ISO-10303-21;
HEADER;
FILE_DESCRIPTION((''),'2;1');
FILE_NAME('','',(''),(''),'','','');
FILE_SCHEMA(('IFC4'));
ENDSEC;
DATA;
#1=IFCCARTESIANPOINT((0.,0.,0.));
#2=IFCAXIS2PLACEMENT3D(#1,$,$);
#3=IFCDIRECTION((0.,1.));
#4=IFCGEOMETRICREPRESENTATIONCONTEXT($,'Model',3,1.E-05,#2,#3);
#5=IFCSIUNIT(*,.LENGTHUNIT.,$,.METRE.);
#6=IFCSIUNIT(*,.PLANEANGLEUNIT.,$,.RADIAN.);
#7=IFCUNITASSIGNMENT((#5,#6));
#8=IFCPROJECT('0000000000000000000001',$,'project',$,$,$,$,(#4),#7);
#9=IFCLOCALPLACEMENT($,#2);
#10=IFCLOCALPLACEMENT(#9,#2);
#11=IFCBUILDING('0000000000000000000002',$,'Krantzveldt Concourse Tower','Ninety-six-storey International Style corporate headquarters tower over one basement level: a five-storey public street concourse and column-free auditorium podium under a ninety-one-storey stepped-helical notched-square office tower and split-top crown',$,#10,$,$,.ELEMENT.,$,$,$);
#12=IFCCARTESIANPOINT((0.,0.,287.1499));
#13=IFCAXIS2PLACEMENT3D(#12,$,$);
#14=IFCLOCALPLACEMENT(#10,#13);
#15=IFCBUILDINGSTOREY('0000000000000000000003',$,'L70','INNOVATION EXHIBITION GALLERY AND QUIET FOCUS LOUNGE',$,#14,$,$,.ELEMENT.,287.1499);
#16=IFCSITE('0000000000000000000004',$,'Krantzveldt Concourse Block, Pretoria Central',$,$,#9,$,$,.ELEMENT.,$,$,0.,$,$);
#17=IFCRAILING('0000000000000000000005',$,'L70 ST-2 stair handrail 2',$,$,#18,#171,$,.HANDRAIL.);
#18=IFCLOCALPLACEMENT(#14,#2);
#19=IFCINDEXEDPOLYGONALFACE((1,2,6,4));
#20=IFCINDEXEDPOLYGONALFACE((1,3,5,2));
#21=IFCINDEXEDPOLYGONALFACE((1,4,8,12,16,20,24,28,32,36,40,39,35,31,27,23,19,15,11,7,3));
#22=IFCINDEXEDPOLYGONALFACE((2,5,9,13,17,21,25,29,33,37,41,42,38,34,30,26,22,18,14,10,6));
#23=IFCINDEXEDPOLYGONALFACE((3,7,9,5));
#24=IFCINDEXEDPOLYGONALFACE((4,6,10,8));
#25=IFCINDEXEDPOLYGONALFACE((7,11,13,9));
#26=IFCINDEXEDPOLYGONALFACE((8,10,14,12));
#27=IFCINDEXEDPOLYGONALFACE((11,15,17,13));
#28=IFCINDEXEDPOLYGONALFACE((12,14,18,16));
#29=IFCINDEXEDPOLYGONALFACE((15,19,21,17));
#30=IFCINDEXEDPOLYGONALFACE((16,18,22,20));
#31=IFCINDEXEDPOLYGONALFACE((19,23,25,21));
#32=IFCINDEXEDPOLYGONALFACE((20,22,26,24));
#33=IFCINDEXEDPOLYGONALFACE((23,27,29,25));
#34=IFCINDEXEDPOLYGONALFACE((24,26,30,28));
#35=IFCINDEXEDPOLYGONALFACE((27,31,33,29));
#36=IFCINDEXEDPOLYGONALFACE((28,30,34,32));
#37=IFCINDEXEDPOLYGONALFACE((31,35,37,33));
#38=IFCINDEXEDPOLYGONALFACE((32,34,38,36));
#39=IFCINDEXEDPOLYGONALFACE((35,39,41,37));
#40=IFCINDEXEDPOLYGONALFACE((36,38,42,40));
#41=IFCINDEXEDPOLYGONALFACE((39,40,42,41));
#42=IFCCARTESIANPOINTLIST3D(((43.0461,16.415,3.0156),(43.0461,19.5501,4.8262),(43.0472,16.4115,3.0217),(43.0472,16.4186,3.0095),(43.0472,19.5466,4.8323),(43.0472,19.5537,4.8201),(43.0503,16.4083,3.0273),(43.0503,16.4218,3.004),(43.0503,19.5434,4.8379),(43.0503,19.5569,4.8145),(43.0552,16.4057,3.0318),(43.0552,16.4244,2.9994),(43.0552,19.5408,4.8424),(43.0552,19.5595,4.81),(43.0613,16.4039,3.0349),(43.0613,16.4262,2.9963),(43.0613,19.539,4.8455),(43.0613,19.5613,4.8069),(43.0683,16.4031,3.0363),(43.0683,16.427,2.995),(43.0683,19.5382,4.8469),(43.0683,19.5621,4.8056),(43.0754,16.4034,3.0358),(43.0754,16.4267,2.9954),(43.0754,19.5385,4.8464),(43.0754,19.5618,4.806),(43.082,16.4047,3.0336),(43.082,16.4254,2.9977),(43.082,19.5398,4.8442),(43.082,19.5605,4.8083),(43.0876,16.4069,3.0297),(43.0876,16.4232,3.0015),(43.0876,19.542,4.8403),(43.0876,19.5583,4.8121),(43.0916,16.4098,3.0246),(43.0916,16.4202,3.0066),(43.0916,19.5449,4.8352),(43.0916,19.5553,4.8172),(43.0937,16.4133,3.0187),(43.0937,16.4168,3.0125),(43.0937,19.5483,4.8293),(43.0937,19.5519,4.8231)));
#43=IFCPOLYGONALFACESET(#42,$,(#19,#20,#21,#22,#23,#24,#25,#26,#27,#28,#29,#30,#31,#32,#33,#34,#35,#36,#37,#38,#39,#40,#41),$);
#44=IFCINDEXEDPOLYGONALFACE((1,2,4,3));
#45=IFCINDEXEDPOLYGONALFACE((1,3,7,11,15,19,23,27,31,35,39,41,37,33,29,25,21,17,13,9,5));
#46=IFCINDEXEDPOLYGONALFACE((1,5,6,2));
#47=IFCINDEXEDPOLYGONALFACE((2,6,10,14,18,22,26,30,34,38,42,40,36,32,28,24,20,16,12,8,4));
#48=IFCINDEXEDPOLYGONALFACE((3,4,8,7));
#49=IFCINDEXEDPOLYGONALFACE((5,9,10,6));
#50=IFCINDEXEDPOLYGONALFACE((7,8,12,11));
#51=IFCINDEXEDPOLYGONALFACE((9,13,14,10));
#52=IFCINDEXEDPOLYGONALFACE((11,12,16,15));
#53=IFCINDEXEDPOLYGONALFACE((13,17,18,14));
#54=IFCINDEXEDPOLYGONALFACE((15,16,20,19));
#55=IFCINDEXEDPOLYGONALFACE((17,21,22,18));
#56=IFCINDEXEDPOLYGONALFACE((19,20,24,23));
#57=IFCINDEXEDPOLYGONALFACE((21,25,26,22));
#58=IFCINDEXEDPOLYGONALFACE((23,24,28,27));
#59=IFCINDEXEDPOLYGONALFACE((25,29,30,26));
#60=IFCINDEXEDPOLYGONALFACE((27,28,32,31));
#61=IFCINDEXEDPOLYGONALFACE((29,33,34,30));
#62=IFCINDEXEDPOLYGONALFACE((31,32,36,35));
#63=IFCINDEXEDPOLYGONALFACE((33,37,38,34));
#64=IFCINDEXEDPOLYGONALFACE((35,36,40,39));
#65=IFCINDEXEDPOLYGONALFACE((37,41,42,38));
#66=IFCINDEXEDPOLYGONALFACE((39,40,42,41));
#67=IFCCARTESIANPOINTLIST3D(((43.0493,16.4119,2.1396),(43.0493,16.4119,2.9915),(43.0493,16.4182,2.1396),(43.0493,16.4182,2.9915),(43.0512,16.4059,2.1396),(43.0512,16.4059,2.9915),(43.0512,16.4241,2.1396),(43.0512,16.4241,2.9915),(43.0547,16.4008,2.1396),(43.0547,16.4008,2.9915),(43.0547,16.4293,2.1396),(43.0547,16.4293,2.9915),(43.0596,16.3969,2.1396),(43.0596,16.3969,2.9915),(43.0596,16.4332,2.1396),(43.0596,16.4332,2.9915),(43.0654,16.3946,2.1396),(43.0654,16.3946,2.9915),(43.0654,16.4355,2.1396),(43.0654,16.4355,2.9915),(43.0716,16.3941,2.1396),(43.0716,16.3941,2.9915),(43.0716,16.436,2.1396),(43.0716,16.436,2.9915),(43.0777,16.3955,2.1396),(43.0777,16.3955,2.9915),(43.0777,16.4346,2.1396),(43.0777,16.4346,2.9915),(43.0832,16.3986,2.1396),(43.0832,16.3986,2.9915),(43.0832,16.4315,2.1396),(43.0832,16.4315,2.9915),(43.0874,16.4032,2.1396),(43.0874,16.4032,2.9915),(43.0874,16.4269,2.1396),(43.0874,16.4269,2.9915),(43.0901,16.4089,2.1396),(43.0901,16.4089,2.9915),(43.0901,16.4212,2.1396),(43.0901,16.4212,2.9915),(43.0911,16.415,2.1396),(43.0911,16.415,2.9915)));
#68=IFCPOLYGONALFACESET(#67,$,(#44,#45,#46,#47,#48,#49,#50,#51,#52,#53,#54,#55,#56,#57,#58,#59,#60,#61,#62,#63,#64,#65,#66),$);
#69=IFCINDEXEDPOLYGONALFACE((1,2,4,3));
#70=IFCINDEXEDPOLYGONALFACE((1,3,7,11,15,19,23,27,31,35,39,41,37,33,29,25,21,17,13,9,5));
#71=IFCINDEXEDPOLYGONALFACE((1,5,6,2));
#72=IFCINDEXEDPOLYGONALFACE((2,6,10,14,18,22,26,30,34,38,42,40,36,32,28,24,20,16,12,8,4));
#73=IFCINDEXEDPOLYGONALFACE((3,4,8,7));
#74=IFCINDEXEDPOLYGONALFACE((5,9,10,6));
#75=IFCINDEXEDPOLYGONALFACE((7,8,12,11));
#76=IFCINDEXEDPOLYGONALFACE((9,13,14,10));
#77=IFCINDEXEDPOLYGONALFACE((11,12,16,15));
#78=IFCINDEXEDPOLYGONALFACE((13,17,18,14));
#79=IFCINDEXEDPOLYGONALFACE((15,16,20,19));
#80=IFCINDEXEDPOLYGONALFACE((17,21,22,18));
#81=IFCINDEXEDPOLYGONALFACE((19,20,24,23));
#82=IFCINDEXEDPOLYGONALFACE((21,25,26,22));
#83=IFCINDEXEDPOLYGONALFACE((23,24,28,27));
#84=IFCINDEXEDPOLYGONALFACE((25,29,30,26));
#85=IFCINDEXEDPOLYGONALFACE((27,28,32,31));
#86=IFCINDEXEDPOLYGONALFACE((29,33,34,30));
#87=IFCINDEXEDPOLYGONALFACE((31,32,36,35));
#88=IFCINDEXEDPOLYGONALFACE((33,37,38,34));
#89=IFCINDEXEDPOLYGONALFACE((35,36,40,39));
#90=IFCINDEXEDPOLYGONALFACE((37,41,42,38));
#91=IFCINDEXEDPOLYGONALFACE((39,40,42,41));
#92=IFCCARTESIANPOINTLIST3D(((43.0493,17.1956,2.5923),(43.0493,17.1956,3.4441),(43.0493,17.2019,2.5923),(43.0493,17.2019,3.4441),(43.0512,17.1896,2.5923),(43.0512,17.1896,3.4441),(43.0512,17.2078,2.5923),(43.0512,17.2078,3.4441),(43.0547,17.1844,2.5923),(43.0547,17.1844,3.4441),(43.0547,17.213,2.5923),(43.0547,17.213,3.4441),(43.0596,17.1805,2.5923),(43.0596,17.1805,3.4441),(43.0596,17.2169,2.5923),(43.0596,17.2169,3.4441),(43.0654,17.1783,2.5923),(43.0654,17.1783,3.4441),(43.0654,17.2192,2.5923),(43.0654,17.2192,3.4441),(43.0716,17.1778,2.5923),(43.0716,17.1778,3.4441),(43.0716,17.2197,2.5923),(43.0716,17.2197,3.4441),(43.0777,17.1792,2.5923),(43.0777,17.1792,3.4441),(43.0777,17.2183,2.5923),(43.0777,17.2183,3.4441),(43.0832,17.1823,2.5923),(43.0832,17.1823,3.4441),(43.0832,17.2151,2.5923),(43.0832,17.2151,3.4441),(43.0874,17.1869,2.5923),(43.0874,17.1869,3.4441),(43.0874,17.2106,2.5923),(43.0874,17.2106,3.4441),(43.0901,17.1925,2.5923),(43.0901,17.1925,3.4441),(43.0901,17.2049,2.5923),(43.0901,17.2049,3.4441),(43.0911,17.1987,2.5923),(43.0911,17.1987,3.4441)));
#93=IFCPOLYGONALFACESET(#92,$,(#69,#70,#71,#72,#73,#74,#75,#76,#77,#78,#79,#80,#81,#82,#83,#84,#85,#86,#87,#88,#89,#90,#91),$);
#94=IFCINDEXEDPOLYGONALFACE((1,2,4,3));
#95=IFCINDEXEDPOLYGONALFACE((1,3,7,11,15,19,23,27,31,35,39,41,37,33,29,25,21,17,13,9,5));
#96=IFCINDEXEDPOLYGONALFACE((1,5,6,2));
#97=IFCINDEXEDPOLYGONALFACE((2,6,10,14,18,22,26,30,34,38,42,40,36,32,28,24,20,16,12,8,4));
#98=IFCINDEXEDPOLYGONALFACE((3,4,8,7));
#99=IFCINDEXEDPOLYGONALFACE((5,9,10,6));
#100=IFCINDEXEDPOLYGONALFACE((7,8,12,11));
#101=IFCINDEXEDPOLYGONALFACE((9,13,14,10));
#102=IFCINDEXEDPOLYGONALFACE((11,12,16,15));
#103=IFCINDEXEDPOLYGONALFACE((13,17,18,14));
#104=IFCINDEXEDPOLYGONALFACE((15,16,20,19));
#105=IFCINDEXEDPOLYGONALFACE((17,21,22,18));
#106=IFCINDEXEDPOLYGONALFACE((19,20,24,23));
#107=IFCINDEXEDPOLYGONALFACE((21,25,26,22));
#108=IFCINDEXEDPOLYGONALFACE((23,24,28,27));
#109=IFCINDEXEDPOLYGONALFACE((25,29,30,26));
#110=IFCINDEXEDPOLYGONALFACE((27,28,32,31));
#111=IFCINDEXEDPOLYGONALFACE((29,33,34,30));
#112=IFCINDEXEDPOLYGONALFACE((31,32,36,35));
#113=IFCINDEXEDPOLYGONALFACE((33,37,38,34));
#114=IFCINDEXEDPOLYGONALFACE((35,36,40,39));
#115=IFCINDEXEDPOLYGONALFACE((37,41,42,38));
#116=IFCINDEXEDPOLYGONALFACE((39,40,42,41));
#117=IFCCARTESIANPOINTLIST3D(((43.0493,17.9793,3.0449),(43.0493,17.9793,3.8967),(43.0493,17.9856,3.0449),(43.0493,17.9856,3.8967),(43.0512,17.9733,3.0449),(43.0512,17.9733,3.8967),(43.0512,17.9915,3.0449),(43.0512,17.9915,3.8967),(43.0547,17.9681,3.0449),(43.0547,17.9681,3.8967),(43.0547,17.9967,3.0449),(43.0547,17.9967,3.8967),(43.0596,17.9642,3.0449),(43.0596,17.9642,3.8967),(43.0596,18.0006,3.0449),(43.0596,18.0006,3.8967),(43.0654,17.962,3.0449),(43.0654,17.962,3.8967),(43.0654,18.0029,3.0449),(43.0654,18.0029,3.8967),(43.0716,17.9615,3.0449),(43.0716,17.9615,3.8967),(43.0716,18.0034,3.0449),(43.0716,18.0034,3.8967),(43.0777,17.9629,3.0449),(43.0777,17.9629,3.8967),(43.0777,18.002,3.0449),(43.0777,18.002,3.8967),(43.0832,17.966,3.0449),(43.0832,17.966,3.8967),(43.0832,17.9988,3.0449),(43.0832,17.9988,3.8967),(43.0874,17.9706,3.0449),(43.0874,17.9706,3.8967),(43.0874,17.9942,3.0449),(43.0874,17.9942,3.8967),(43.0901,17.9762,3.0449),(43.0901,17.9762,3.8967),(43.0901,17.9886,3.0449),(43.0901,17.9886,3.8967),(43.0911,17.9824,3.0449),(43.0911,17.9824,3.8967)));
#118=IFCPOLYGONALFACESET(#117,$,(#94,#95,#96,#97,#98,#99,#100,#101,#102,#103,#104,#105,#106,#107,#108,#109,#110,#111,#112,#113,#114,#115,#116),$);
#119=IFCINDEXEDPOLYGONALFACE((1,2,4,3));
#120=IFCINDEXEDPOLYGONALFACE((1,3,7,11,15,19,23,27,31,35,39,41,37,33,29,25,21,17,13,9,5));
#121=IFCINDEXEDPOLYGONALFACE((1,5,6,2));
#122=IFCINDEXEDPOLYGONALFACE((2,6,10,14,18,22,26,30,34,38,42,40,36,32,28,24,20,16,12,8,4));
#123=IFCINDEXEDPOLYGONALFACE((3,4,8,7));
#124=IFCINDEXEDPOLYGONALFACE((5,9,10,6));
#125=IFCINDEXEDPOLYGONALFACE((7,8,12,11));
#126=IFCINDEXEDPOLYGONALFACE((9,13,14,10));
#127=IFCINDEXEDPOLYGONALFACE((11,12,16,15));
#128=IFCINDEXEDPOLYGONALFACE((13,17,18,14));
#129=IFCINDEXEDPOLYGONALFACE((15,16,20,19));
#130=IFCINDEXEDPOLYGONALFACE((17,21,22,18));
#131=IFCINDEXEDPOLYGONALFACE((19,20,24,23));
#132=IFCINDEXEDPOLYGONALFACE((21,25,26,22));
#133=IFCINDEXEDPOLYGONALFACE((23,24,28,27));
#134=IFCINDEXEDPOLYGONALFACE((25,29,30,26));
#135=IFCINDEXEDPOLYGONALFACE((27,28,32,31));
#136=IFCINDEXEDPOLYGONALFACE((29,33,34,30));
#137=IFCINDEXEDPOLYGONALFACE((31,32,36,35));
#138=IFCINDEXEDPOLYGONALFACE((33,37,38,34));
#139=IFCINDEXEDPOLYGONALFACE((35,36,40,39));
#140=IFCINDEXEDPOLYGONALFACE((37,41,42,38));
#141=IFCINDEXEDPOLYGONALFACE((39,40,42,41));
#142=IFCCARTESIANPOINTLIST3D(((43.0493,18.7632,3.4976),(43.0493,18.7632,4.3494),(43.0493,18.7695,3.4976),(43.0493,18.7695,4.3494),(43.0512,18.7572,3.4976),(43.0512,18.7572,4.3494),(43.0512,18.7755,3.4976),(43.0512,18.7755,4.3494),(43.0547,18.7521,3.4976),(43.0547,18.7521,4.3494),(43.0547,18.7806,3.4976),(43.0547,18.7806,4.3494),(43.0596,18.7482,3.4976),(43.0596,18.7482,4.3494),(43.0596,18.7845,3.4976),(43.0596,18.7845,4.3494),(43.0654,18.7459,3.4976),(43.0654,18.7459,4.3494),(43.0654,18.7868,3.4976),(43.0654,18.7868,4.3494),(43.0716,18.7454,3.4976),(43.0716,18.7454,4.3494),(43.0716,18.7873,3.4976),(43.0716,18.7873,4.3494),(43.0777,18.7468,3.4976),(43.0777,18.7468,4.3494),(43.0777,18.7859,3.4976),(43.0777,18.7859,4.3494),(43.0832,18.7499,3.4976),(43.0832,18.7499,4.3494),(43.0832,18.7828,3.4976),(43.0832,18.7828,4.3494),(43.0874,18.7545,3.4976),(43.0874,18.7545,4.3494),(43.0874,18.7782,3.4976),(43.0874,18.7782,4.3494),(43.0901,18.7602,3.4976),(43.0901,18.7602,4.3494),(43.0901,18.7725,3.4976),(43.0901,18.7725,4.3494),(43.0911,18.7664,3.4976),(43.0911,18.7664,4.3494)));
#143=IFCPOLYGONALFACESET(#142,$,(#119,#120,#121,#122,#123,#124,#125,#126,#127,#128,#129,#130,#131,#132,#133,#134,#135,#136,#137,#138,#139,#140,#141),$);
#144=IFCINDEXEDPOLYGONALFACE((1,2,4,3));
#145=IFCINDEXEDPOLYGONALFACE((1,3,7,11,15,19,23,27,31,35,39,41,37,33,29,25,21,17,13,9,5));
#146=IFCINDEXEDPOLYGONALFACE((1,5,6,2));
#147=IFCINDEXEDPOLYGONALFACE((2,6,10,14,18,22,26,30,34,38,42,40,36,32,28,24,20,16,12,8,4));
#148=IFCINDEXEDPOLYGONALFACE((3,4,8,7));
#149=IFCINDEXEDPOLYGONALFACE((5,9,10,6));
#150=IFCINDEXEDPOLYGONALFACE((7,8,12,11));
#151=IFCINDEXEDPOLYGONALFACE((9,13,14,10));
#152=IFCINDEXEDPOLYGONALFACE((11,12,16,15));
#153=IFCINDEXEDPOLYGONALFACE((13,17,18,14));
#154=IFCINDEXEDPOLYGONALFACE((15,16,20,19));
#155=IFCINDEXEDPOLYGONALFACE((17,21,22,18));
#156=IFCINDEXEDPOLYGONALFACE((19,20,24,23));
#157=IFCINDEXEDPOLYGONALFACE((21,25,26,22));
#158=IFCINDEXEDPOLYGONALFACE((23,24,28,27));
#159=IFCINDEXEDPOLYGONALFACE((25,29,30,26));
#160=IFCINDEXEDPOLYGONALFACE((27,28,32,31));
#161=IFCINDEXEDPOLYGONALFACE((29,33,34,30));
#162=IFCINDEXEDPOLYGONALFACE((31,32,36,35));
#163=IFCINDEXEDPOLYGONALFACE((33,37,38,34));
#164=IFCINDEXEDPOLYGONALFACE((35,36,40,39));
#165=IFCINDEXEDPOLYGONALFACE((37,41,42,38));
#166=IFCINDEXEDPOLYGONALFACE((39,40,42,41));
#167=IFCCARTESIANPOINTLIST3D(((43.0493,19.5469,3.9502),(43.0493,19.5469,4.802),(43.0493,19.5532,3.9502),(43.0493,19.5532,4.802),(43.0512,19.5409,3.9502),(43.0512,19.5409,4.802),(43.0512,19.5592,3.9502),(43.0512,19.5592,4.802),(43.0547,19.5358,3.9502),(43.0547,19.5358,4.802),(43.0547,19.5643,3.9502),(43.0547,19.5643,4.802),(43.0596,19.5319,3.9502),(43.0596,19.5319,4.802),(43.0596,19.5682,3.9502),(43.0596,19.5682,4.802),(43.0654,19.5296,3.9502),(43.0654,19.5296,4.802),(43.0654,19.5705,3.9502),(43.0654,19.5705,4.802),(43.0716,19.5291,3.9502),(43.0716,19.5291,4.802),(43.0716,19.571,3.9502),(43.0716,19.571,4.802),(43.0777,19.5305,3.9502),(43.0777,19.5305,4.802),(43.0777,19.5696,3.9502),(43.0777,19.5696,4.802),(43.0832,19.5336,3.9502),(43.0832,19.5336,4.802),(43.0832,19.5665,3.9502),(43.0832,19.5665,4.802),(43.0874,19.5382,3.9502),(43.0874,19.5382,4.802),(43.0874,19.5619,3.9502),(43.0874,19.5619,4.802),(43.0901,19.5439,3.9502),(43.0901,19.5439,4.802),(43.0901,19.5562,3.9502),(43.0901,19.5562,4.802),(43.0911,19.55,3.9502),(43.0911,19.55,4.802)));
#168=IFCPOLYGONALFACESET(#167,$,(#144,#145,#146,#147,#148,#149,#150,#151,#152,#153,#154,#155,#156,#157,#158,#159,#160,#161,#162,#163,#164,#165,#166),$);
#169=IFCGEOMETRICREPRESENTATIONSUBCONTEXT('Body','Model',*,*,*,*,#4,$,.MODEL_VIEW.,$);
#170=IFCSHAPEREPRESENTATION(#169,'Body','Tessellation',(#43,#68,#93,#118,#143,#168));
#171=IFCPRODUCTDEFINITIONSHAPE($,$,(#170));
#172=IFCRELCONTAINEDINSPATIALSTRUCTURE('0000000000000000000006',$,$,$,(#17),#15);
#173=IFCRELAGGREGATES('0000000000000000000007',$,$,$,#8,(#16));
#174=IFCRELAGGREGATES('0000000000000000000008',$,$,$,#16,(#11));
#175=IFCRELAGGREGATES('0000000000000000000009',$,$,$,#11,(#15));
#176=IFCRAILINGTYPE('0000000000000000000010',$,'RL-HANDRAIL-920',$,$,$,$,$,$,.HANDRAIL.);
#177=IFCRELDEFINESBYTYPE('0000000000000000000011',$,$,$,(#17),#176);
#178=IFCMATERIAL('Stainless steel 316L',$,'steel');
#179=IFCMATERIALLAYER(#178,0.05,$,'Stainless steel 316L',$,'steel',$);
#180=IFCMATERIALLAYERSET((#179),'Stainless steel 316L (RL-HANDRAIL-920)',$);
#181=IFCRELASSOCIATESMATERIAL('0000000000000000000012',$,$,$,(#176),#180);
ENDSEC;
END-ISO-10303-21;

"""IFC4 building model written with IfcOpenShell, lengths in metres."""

from ifc_helpers import new_model, si_unit, direction, frame, origin, origin_2d, place, context, subcontext, project, spatial, circle, extrude, material, layer, layer_set, type_object, element, save


model = new_model("IFC4")

# Units and contexts
model_context = context("Model", 3, precision=1e-05, world=origin(), true_north=direction((0.0, 1.0)))
body_context = subcontext(model_context, "Body", "Model", "MODEL_VIEW")
ifc_project = project(units=[si_unit("LENGTHUNIT", "METRE"), si_unit("PLANEANGLEUNIT", "RADIAN")], contexts=[model_context])

# Site, building, storey
site_placement = place(None, origin())
site = spatial("IfcSite", under=ifc_project, at=site_placement, Name="Krantzveldt Concourse Block, Pretoria Central", CompositionType="ELEMENT", RefElevation=0.0)
building_placement = place(site_placement, origin())
building = spatial("IfcBuilding", under=site, at=building_placement, Name="Krantzveldt Concourse Tower", Description="Ninety-six-storey International Style corporate headquarters tower over one basement level: a five-storey public street concourse and column-free auditorium podium under a ninety-one-storey stepped-helical notched-square office tower and split-top crown", CompositionType="ELEMENT")
storey_placement = place(building_placement, frame((0.0, 0.0, 287.1499)))
storey = spatial("IfcBuildingStorey", under=building, at=storey_placement, Name="L70", Description="INNOVATION EXHIBITION GALLERY AND QUIET FOCUS LOUNGE", CompositionType="ELEMENT", Elevation=287.1499)

# Railing
ifc_material_1 = material(Name="Stainless steel 316L", Category="steel")
ifc_layer_1 = layer(ifc_material_1, 0.05, Name="Stainless steel 316L", Category="steel")
ifc_layer_set_1 = layer_set([ifc_layer_1], Name="Stainless steel 316L (RL-HANDRAIL-920)")
railing_type_1 = type_object("IfcRailingType", Name="RL-HANDRAIL-920", PredefinedType="HANDRAIL", material=ifc_layer_set_1)
railing_1_placement = place(storey_placement, frame((43.0701, 16.415, 2.1396)))
element("IfcRailing", 1, at=railing_1_placement, inside=storey, type_object=railing_type_1, Name="L70 ST-2 stair handrail 2", PredefinedType="HANDRAIL", context=body_context, shape_type="SweptSolid", body=[
    extrude(circle(Radius=0.0239, at=origin_2d()), frame((0.0, 0.0, 0.876), z_axis=(0.0, 0.86596, 0.500114), x_axis=(-1.0, 0.0, 0.0)), (0.0, 0.0, 1.0), 3.6204),
    extrude(circle(Radius=0.021, at=origin_2d()), origin(), (0.0, 0.0, 1.0), 0.8518),
    extrude(circle(Radius=0.021, at=origin_2d()), frame((0.0, 0.7837, 0.4526)), (0.0, 0.0, 1.0), 0.8518),
    extrude(circle(Radius=0.021, at=origin_2d()), frame((0.0, 1.5674, 0.9053)), (0.0, 0.0, 1.0), 0.8518),
    extrude(circle(Radius=0.021, at=origin_2d()), frame((0.0, 2.3513, 1.3579)), (0.0, 0.0, 1.0), 0.8518),
    extrude(circle(Radius=0.021, at=origin_2d()), frame((0.0, 3.135, 1.8105)), (0.0, 0.0, 1.0), 0.8518),
])

save(model, "model.ifc")
